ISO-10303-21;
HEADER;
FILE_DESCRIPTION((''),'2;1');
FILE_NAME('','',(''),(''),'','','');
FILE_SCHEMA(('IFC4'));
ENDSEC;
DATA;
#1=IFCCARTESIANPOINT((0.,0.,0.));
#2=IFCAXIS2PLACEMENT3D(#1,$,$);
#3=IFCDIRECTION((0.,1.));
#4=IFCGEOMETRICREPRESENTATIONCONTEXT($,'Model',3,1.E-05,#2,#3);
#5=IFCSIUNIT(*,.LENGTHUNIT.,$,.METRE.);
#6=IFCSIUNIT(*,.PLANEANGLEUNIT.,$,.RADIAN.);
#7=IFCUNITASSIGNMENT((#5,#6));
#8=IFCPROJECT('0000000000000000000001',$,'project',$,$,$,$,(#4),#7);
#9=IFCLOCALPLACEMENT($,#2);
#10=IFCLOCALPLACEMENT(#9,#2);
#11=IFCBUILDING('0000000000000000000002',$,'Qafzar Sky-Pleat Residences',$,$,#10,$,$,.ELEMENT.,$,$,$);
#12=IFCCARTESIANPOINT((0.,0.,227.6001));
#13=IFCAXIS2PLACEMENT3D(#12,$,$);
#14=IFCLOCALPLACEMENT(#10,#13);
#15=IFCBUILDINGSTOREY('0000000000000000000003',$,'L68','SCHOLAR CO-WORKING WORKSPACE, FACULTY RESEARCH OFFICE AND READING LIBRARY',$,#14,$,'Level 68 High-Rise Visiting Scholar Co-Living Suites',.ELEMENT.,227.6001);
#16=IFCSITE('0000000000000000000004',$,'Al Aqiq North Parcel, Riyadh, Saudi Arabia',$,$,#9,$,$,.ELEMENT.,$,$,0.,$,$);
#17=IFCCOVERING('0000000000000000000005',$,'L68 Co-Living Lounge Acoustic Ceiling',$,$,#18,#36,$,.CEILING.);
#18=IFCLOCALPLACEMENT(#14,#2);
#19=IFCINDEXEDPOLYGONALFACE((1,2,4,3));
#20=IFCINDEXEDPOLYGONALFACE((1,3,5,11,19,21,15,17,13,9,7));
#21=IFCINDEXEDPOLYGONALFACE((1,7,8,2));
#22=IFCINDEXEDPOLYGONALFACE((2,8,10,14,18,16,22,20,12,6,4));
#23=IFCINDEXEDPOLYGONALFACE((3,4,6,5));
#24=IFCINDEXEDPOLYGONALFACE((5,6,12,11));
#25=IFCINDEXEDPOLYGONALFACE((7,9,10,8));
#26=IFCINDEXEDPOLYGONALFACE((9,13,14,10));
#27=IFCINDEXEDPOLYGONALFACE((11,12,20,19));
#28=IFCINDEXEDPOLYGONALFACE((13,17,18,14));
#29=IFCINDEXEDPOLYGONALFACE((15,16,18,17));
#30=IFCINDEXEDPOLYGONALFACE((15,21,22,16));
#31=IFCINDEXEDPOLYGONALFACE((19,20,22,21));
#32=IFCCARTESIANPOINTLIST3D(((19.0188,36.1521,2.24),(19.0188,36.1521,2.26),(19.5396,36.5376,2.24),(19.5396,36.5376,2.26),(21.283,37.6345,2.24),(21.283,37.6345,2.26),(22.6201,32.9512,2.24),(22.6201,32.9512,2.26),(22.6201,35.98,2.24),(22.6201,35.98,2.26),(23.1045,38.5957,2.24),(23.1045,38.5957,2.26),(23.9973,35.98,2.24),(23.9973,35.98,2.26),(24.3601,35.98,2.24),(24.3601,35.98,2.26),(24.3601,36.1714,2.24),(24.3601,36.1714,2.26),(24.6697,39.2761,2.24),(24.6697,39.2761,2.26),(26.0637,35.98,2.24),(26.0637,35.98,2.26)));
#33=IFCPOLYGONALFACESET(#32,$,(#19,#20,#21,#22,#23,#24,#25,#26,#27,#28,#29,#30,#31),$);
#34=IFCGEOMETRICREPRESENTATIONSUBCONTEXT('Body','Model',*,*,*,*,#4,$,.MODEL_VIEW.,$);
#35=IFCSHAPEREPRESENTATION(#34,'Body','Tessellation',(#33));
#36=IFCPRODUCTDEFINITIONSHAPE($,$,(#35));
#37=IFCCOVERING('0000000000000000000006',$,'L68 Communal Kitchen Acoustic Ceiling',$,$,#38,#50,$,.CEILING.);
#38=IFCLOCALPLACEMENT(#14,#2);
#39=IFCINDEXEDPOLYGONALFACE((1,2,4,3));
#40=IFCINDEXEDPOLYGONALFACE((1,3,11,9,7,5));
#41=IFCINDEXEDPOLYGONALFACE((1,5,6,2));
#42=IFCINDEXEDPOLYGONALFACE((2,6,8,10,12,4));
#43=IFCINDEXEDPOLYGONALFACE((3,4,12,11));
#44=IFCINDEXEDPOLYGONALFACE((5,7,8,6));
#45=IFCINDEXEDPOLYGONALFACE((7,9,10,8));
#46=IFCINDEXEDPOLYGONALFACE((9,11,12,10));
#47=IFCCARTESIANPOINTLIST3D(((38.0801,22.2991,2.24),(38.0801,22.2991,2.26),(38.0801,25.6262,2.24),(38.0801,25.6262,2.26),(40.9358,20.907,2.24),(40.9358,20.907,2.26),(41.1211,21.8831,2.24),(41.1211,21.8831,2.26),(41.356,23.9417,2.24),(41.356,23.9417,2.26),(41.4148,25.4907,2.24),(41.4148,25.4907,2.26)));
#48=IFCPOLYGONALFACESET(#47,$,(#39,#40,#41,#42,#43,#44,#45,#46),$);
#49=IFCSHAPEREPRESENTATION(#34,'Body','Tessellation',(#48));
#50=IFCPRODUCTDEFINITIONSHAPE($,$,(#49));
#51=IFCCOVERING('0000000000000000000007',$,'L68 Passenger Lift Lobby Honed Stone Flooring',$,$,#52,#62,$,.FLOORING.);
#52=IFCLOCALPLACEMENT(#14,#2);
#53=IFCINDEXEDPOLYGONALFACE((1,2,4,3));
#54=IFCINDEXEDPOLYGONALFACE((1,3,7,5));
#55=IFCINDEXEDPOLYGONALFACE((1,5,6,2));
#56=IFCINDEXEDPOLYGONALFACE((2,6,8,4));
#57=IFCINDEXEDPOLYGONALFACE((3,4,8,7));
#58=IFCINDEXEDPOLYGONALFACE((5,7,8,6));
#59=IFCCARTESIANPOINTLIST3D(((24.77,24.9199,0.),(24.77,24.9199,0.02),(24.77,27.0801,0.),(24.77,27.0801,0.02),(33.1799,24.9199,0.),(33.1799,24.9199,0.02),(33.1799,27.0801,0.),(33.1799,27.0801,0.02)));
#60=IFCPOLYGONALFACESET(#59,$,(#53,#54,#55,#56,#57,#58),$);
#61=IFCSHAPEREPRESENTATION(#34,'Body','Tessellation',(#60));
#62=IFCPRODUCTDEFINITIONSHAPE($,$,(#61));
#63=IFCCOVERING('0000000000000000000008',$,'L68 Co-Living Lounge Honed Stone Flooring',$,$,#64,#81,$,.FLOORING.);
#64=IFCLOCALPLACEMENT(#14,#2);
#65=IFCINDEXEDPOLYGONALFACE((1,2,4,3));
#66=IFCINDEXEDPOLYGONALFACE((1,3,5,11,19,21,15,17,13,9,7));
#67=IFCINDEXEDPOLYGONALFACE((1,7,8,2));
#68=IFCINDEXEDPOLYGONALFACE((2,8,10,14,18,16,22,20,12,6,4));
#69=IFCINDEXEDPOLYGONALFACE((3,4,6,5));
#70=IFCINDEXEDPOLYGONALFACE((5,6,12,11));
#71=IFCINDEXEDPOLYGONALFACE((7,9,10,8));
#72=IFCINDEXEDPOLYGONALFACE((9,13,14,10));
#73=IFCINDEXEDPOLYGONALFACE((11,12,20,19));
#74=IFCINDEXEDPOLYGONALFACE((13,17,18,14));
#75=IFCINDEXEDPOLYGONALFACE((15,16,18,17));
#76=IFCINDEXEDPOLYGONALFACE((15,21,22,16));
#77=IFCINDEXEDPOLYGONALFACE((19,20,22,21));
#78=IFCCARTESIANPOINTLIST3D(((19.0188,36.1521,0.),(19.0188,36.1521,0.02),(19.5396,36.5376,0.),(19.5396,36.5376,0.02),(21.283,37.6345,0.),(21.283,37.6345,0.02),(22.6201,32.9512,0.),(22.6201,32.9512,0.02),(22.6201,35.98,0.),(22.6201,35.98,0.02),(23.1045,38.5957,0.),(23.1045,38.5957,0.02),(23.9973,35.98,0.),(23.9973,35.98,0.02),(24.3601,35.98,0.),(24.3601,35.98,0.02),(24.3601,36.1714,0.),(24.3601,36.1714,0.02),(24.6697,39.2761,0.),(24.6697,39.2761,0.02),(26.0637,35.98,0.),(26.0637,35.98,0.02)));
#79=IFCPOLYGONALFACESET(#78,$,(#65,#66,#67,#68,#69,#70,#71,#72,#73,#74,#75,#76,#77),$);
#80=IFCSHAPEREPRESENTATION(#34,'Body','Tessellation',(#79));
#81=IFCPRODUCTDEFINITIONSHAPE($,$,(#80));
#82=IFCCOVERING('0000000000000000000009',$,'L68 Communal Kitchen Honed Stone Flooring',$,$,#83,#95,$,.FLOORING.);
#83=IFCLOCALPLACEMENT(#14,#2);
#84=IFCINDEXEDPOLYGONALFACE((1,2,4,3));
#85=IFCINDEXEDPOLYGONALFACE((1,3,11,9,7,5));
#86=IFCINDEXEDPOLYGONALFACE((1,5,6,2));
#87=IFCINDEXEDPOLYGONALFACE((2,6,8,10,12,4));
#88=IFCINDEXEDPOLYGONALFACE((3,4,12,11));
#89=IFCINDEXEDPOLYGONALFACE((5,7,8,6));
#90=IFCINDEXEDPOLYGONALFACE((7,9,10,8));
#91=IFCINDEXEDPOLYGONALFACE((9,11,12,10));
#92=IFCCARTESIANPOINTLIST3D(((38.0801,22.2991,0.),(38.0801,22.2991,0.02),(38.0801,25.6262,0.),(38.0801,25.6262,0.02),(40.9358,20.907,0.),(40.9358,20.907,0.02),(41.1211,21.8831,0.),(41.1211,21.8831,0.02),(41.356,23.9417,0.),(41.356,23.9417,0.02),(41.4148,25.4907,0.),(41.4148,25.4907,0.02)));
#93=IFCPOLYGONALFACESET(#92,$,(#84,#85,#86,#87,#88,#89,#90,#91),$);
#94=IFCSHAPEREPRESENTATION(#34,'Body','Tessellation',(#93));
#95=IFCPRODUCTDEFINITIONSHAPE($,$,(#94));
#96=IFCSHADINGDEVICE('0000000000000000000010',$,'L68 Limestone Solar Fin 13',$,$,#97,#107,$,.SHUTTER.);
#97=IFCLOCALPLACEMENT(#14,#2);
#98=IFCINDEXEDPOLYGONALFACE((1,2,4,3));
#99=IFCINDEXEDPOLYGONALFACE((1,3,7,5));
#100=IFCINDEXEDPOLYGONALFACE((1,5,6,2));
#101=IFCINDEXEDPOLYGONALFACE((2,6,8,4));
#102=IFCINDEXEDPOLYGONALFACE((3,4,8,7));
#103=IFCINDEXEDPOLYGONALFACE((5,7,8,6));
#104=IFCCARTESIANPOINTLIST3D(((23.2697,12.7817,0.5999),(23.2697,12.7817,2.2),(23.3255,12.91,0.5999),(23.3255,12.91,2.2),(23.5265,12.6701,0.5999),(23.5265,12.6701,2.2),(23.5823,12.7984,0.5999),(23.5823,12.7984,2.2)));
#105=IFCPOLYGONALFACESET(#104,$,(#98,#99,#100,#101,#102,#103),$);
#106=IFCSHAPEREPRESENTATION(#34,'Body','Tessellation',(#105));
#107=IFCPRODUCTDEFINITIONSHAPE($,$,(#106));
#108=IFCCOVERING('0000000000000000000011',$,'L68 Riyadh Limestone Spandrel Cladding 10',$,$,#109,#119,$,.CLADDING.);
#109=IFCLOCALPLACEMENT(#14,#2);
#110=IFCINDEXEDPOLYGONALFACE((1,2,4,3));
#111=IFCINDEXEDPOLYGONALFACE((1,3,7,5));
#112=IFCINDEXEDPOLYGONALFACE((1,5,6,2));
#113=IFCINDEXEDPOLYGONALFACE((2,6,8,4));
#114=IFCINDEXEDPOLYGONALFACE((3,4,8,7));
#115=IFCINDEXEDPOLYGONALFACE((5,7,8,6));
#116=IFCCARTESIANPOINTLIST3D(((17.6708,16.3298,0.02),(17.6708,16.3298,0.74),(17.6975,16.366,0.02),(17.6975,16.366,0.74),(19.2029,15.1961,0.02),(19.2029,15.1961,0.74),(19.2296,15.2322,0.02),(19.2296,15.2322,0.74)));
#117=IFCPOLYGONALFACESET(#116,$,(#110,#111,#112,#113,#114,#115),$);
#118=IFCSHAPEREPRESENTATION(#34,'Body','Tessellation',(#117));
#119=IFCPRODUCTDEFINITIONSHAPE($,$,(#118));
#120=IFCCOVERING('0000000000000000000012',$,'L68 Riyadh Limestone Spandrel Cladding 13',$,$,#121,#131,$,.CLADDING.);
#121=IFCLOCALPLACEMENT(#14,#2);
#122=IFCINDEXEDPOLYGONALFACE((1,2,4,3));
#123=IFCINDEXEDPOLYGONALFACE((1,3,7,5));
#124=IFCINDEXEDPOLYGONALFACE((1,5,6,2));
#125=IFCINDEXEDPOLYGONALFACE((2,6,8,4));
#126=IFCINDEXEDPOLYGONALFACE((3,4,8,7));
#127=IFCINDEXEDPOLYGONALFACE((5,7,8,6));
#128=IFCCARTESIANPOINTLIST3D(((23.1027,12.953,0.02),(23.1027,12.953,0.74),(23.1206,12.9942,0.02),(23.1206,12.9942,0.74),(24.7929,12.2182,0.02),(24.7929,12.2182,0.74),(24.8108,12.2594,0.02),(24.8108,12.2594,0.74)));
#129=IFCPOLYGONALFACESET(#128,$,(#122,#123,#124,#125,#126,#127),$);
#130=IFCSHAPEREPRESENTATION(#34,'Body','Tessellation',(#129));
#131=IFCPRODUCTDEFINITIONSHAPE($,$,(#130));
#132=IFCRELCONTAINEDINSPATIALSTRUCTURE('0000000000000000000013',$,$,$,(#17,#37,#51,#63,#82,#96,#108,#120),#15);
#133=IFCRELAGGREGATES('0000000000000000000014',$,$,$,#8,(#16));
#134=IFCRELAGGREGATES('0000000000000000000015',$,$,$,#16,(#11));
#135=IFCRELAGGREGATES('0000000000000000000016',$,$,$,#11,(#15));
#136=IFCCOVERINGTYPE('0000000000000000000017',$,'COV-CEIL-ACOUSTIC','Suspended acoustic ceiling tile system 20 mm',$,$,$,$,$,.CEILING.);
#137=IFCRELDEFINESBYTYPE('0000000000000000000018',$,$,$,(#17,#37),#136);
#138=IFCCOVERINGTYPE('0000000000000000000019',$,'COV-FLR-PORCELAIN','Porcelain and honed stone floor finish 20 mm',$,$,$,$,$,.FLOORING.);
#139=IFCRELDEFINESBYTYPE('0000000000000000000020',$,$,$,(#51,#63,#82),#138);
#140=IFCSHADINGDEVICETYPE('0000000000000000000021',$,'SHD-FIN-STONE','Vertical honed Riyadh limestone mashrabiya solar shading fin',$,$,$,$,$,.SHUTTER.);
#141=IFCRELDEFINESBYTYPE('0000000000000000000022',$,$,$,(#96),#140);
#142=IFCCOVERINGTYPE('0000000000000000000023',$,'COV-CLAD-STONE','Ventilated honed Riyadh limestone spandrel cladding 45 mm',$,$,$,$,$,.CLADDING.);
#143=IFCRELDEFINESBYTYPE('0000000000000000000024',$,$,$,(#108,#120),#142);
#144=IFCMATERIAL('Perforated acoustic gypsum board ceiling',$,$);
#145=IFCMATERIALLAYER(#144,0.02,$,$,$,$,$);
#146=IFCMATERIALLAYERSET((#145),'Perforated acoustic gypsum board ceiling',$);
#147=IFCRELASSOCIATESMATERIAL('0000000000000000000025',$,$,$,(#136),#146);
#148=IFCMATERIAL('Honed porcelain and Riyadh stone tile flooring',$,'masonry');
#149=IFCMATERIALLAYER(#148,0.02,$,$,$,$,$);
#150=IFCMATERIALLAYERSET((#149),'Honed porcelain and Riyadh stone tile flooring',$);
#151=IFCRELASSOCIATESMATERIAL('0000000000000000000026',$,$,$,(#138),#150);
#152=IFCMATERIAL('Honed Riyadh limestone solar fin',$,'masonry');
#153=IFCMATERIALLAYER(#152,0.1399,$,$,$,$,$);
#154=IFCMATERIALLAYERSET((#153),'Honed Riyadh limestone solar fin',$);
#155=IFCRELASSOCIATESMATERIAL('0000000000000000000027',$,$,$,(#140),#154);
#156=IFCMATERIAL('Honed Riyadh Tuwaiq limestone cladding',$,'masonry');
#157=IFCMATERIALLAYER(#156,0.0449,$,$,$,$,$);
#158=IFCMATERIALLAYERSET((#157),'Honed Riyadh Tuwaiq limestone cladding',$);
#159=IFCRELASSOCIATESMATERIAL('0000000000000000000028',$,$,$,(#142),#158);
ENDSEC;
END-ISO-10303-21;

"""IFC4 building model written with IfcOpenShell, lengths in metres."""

from ifc_helpers import new_model, si_unit, direction, frame, origin, origin_2d, place, context, subcontext, project, spatial, polyline, rectangle, outline, extrude, source, transform, mapped, material, layer, layer_set, type_object, element, save


model = new_model("IFC4")

# Units and contexts
model_context = context("Model", 3, precision=1e-05, world=origin(), true_north=direction((0.0, 1.0)))
body_context = subcontext(model_context, "Body", "Model", "MODEL_VIEW")
ifc_project = project(units=[si_unit("LENGTHUNIT", "METRE"), si_unit("PLANEANGLEUNIT", "RADIAN")], contexts=[model_context])

# Site, building, storey
site_placement = place(None, origin())
site = spatial("IfcSite", under=ifc_project, at=site_placement, Name="Al Aqiq North Parcel, Riyadh, Saudi Arabia", CompositionType="ELEMENT", RefElevation=0.0)
building_placement = place(site_placement, origin())
building = spatial("IfcBuilding", under=site, at=building_placement, Name="Qafzar Sky-Pleat Residences", CompositionType="ELEMENT")
storey_placement = place(building_placement, frame((0.0, 0.0, 227.6001)))
storey = spatial("IfcBuildingStorey", under=building, at=storey_placement, Name="L68", Description="SCHOLAR CO-WORKING WORKSPACE, FACULTY RESEARCH OFFICE AND READING LIBRARY", LongName="Level 68 High-Rise Visiting Scholar Co-Living Suites", CompositionType="ELEMENT", Elevation=227.6001)

# Coverings
ifc_material_1 = material(Name="Perforated acoustic gypsum board ceiling")
ifc_layer_1 = layer(ifc_material_1, 0.02)
ifc_layer_set_1 = layer_set([ifc_layer_1], Name="Perforated acoustic gypsum board ceiling")
covering_type_1 = type_object("IfcCoveringType", Name="COV-CEIL-ACOUSTIC", Description="Suspended acoustic ceiling tile system 20 mm", PredefinedType="CEILING", material=ifc_layer_set_1)
covering_1_placement = place(storey_placement, frame((0.0, 0.0, 2.24)))
element("IfcCovering", 1, at=covering_1_placement, inside=storey, type_object=covering_type_1, Name="L68 Co-Living Lounge Acoustic Ceiling", PredefinedType="CEILING", context=body_context, shape_type="SweptSolid", body=[
    extrude(outline(polyline([(19.5396, 36.5376), (21.283, 37.6345), (23.1045, 38.5957), (24.6697, 39.2761), (26.0637, 35.98), (24.3601, 35.98), (24.3601, 36.1714), (23.9973, 35.98), (22.6201, 35.98), (22.6201, 32.9512), (19.0188, 36.1521), (19.5396, 36.5376)])), origin(), (0.0, 0.0, 1.0), 0.02),
])
covering_2_placement = place(storey_placement, frame((0.0, 0.0, 2.24)))
element("IfcCovering", 2, at=covering_2_placement, inside=storey, type_object=covering_type_1, Name="L68 Communal Kitchen Acoustic Ceiling", PredefinedType="CEILING", context=body_context, shape_type="SweptSolid", body=[
    extrude(outline(polyline([(41.356, 23.9417), (41.1211, 21.8831), (40.9358, 20.907), (38.0801, 22.2991), (38.0801, 25.6262), (41.4148, 25.4907), (41.356, 23.9417)])), origin(), (0.0, 0.0, 1.0), 0.02),
])
ifc_material_2 = material(Name="Honed porcelain and Riyadh stone tile flooring", Category="masonry")
ifc_layer_2 = layer(ifc_material_2, 0.02)
ifc_layer_set_2 = layer_set([ifc_layer_2], Name="Honed porcelain and Riyadh stone tile flooring")
covering_type_2 = type_object("IfcCoveringType", Name="COV-FLR-PORCELAIN", Description="Porcelain and honed stone floor finish 20 mm", PredefinedType="FLOORING", material=ifc_layer_set_2)
covering_3_placement = place(storey_placement, origin())
element("IfcCovering", 3, at=covering_3_placement, inside=storey, type_object=covering_type_2, Name="L68 Passenger Lift Lobby Honed Stone Flooring", PredefinedType="FLOORING", context=body_context, shape_type="SweptSolid", body=[
    extrude(outline(polyline([(33.1799, 24.9199), (24.77, 24.9199), (24.77, 27.0801), (33.1799, 27.0801), (33.1799, 24.9199)])), origin(), (0.0, 0.0, 1.0), 0.02),
])
covering_4_placement = place(storey_placement, origin())
element("IfcCovering", 4, at=covering_4_placement, inside=storey, type_object=covering_type_2, Name="L68 Co-Living Lounge Honed Stone Flooring", PredefinedType="FLOORING", context=body_context, shape_type="SweptSolid", body=[
    extrude(outline(polyline([(19.5396, 36.5376), (21.283, 37.6345), (23.1045, 38.5957), (24.6697, 39.2761), (26.0637, 35.98), (24.3601, 35.98), (24.3601, 36.1714), (23.9973, 35.98), (22.6201, 35.98), (22.6201, 32.9512), (19.0188, 36.1521), (19.5396, 36.5376)])), origin(), (0.0, 0.0, 1.0), 0.02),
])
covering_5_placement = place(storey_placement, origin())
element("IfcCovering", 5, at=covering_5_placement, inside=storey, type_object=covering_type_2, Name="L68 Communal Kitchen Honed Stone Flooring", PredefinedType="FLOORING", context=body_context, shape_type="SweptSolid", body=[
    extrude(outline(polyline([(41.356, 23.9417), (41.1211, 21.8831), (40.9358, 20.907), (38.0801, 22.2991), (38.0801, 25.6262), (41.4148, 25.4907), (41.356, 23.9417)])), origin(), (0.0, 0.0, 1.0), 0.02),
])

# Shading device
ifc_material_3 = material(Name="Honed Riyadh limestone solar fin", Category="masonry")
ifc_layer_3 = layer(ifc_material_3, 0.1399)
ifc_layer_set_3 = layer_set([ifc_layer_3], Name="Honed Riyadh limestone solar fin")
shading_device_type = type_object("IfcShadingDeviceType", Name="SHD-FIN-STONE", Description="Vertical honed Riyadh limestone mashrabiya solar shading fin", PredefinedType="SHUTTER", material=ifc_layer_set_3)
shared_shape_1 = source(origin(), body_context, "Body", "SweptSolid", [
    extrude(rectangle(XDim=0.1399, YDim=0.28, at=origin_2d()), origin(), (0.0, 0.0, 1.0), 1.6001),
])
shading_device_placement = place(storey_placement, frame((23.426, 12.79, 0.5999), z_axis=(0.0, 0.0, 1.0), x_axis=(-0.398679, -0.91709, 0.0)))
element("IfcShadingDevice", 6, at=shading_device_placement, inside=storey, type_object=shading_device_type, Name="L68 Limestone Solar Fin 13", PredefinedType="SHUTTER", context=body_context, shape_type="MappedRepresentation", body=[
    mapped(shared_shape_1, transform((0.0, 0.0, 0.0), x_axis=(1.0, 0.0, 0.0), y_axis=(0.0, 1.0, 0.0), z_axis=(0.0, 0.0, 1.0), scale=1.0)),
])

# Coverings
ifc_material_4 = material(Name="Honed Riyadh Tuwaiq limestone cladding", Category="masonry")
ifc_layer_4 = layer(ifc_material_4, 0.0449)
ifc_layer_set_4 = layer_set([ifc_layer_4], Name="Honed Riyadh Tuwaiq limestone cladding")
covering_type_3 = type_object("IfcCoveringType", Name="COV-CLAD-STONE", Description="Ventilated honed Riyadh limestone spandrel cladding 45 mm", PredefinedType="CLADDING", material=ifc_layer_set_4)
shared_shape_2 = source(origin(), body_context, "Body", "SweptSolid", [
    extrude(rectangle(XDim=1.906, YDim=0.0449, at=origin_2d()), origin(), (0.0, 0.0, 1.0), 0.72),
])
covering_6_placement = place(storey_placement, frame((18.4502, 15.781, 0.02), z_axis=(0.0, 0.0, 1.0), x_axis=(0.803836, -0.59485, 0.0)))
element("IfcCovering", 7, at=covering_6_placement, inside=storey, type_object=covering_type_3, Name="L68 Riyadh Limestone Spandrel Cladding 10", PredefinedType="CLADDING", context=body_context, shape_type="MappedRepresentation", body=[
    mapped(shared_shape_2, transform((0.0, 0.0, 0.0), x_axis=(1.0, 0.0, 0.0), y_axis=(0.0, 1.0, 0.0), z_axis=(0.0, 0.0, 1.0), scale=1.0)),
])
shared_shape_3 = source(origin(), body_context, "Body", "SweptSolid", [
    extrude(rectangle(XDim=1.843, YDim=0.0449, at=origin_2d()), origin(), (0.0, 0.0, 1.0), 0.72),
])
covering_7_placement = place(storey_placement, frame((23.9568, 12.6062, 0.02), z_axis=(0.0, 0.0, 1.0), x_axis=(0.917084, -0.398694, 0.0)))
element("IfcCovering", 8, at=covering_7_placement, inside=storey, type_object=covering_type_3, Name="L68 Riyadh Limestone Spandrel Cladding 13", PredefinedType="CLADDING", context=body_context, shape_type="MappedRepresentation", body=[
    mapped(shared_shape_3, transform((0.0, 0.0, 0.0), x_axis=(1.0, 0.0, 0.0), y_axis=(0.0, 1.0, 0.0), z_axis=(0.0, 0.0, 1.0), scale=1.0)),
])

save(model, "model.ifc")
